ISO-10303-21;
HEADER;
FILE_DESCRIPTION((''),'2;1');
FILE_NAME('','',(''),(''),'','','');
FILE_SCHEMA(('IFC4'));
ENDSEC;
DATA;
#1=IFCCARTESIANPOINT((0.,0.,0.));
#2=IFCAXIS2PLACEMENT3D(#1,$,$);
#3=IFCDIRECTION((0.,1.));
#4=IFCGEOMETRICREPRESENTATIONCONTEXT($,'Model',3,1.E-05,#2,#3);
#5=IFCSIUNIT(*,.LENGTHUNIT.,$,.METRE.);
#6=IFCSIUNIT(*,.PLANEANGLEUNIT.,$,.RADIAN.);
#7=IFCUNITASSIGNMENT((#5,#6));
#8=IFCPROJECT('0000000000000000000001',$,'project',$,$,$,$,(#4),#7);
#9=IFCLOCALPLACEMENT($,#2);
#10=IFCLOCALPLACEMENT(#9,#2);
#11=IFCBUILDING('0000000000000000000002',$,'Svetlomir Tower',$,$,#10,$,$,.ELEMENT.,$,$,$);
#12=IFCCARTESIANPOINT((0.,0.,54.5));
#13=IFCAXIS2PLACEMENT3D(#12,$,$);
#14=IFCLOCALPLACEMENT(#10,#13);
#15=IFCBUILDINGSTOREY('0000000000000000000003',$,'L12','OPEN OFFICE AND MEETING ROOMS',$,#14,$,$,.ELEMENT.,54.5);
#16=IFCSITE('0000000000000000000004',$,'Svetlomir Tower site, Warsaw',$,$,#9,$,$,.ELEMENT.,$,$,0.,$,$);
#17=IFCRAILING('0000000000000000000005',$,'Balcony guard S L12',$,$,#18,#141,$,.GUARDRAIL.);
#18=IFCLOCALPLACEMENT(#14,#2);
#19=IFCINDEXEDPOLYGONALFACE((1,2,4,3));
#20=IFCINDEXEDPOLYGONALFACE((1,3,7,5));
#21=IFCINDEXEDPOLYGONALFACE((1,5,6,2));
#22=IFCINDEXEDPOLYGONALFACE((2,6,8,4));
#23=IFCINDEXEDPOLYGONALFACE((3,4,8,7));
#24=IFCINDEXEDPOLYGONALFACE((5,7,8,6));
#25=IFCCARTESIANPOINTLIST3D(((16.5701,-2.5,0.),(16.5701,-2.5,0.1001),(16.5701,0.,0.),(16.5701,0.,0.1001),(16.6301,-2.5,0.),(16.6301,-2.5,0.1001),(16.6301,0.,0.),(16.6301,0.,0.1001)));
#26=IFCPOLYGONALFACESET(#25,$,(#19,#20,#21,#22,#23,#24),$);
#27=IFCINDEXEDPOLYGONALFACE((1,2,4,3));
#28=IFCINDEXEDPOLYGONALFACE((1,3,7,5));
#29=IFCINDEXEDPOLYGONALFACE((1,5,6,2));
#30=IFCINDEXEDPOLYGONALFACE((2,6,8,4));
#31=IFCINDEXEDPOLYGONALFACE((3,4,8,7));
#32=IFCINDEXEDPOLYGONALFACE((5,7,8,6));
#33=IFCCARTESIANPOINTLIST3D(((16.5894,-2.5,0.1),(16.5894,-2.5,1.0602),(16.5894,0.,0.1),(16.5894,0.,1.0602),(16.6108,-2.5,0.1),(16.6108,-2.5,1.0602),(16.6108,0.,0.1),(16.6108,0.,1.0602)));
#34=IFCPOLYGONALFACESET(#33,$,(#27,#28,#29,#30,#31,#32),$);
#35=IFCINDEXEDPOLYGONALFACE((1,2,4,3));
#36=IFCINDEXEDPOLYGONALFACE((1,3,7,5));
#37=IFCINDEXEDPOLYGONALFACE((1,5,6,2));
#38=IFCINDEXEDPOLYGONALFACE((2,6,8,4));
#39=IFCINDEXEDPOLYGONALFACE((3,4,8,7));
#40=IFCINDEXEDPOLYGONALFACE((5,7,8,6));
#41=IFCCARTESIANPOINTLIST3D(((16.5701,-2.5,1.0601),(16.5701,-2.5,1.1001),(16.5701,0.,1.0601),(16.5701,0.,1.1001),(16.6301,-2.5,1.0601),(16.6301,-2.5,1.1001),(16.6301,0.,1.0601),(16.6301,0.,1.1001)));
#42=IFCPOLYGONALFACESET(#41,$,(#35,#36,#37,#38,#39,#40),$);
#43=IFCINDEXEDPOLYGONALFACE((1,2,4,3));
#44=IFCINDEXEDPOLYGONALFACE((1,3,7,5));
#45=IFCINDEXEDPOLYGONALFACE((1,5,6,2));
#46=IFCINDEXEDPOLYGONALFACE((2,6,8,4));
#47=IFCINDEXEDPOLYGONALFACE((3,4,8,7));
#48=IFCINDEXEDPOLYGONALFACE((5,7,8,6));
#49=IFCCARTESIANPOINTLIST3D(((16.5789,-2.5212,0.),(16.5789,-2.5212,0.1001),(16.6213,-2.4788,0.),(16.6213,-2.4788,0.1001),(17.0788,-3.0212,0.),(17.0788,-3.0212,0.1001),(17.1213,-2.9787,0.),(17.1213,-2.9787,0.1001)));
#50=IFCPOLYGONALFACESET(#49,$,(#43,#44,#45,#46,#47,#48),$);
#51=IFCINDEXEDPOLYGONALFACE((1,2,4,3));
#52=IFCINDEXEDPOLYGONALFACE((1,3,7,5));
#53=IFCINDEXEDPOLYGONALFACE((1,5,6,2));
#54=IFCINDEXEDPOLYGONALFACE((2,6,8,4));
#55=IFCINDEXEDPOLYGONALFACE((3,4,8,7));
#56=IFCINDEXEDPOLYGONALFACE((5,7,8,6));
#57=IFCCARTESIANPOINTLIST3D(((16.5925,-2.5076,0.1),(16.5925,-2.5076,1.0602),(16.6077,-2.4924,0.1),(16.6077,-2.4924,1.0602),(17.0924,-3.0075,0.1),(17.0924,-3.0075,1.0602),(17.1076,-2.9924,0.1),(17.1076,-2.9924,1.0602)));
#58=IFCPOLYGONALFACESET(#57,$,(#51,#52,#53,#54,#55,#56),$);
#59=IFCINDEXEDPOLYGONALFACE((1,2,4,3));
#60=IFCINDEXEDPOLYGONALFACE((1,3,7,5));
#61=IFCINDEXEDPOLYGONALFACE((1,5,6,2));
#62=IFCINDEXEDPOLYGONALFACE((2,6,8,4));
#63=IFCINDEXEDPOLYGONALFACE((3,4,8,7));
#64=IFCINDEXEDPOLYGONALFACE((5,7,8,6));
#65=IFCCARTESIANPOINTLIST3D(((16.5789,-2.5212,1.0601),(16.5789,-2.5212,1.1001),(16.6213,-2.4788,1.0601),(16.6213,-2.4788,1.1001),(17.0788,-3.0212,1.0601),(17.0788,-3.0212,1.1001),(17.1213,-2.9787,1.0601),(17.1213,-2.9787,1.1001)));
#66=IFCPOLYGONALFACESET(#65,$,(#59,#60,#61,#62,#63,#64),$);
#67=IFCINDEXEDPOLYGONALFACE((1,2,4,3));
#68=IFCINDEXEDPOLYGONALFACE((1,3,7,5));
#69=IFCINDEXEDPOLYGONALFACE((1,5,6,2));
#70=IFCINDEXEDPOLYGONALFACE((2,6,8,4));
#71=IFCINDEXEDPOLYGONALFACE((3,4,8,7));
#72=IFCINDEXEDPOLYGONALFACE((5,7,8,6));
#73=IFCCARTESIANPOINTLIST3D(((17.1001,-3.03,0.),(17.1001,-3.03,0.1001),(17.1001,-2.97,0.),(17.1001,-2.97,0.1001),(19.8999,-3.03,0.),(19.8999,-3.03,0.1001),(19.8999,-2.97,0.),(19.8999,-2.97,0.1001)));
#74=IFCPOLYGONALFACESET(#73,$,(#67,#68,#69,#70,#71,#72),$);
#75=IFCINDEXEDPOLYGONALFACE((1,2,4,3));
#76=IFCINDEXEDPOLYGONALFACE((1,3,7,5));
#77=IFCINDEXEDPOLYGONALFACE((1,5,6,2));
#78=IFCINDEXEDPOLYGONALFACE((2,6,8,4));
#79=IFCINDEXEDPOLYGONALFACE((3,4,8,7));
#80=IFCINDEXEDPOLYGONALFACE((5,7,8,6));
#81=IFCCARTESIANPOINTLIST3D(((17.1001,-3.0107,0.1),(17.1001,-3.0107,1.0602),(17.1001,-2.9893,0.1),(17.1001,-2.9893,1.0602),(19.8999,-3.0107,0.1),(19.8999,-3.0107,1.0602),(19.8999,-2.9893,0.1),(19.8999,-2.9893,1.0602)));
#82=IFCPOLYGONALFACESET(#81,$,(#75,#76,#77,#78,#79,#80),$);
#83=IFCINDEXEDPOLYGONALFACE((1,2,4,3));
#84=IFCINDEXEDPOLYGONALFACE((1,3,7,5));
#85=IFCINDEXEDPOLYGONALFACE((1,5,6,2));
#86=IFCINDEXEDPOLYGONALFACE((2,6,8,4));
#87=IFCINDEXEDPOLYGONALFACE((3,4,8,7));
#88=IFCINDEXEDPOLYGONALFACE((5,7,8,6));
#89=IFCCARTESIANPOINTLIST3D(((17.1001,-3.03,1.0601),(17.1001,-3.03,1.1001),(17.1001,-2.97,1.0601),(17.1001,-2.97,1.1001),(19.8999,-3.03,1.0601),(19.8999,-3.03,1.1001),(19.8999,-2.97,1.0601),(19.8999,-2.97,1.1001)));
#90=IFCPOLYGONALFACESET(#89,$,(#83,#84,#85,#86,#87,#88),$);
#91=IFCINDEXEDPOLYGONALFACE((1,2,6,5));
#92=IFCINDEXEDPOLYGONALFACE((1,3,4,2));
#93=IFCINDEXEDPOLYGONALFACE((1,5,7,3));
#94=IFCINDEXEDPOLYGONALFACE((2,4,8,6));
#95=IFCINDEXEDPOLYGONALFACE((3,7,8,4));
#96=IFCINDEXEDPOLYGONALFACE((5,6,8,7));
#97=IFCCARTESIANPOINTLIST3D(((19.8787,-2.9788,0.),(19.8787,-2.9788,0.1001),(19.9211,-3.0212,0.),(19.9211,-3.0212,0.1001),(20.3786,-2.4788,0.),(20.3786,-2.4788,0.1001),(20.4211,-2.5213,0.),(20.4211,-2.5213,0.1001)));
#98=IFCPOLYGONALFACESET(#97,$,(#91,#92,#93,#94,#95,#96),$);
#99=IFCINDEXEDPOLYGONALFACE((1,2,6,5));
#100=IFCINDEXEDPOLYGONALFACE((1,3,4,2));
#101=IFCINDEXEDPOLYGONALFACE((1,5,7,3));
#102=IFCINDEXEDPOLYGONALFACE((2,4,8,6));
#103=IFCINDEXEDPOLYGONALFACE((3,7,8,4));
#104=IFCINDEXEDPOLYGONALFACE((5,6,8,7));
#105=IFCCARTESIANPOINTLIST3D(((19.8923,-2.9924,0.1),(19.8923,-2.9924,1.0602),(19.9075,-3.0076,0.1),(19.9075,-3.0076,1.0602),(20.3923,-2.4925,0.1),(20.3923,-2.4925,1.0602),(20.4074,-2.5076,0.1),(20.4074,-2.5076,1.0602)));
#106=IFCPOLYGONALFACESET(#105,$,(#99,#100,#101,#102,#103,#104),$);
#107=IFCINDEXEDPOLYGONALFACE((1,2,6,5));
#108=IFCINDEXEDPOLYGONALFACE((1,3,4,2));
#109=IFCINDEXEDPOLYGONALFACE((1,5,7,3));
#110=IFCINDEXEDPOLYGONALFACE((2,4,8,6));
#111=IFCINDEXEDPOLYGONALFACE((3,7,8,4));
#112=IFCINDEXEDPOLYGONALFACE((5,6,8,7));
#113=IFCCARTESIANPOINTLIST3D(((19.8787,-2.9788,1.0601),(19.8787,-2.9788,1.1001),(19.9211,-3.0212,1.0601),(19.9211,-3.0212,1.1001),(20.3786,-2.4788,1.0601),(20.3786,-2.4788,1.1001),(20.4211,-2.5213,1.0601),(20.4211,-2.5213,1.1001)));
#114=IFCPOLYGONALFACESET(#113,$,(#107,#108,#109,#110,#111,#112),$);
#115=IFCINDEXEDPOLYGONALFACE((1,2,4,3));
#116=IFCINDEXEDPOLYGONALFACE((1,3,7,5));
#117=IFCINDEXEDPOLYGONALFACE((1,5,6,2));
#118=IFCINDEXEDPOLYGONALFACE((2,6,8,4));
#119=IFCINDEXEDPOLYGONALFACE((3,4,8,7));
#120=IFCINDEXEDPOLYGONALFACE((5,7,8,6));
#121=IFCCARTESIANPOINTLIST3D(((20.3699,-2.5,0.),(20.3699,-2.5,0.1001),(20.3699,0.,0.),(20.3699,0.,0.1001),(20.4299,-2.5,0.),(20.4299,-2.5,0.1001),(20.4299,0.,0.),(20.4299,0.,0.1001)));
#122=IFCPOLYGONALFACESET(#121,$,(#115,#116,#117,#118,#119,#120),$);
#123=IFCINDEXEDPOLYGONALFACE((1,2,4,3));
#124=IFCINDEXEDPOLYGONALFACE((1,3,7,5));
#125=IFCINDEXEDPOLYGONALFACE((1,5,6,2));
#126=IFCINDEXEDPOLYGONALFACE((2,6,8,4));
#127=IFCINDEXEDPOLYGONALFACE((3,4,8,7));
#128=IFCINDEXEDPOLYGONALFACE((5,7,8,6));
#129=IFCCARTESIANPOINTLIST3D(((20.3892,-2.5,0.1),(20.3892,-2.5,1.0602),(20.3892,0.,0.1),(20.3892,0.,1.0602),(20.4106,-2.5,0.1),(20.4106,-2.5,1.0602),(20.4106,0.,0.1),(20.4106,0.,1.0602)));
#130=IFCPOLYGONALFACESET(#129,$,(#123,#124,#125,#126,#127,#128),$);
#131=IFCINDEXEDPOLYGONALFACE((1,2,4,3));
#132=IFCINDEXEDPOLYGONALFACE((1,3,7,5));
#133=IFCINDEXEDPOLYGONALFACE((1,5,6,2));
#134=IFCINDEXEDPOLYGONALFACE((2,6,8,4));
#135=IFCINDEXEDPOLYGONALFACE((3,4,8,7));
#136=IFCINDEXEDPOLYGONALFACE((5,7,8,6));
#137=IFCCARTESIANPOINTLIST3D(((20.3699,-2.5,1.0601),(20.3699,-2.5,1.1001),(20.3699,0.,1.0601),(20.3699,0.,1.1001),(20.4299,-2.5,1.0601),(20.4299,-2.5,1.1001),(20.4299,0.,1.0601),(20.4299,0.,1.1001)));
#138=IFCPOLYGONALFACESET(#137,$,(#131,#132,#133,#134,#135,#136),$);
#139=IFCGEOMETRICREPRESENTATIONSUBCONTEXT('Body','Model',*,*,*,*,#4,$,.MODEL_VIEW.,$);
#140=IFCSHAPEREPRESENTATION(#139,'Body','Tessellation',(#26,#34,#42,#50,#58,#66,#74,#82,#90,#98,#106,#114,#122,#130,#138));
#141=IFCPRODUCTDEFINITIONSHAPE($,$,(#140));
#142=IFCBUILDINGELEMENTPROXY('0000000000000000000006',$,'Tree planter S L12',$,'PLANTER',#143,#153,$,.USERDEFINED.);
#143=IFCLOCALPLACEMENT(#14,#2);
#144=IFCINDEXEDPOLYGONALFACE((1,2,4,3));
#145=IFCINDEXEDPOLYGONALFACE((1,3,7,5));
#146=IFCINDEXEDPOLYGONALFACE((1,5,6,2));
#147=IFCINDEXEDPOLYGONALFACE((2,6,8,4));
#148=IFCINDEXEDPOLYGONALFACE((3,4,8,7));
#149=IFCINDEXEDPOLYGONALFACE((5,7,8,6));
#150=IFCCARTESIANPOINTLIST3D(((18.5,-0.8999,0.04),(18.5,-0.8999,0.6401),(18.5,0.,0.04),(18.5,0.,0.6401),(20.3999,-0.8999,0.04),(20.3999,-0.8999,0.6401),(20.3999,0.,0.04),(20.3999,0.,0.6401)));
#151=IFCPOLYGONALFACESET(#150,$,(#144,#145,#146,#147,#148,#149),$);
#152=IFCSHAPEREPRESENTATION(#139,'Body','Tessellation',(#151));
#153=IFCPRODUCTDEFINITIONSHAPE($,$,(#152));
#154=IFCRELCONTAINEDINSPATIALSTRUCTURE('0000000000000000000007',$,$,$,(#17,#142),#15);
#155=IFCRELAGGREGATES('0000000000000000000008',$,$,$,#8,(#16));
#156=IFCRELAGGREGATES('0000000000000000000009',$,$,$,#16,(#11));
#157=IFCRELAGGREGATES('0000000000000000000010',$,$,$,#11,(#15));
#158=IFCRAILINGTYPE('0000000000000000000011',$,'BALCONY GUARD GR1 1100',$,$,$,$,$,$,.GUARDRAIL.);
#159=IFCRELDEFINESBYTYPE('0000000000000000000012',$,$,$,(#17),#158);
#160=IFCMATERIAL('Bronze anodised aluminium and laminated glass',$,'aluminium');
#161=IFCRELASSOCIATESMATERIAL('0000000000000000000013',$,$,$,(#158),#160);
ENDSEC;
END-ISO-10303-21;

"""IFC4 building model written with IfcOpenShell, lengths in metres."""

from ifc_helpers import new_model, si_unit, direction, frame, origin, origin_2d, place, context, subcontext, project, spatial, rectangle, extrude, material, type_object, element, save


model = new_model("IFC4")

# Units and contexts
model_context = context("Model", 3, precision=1e-05, world=origin(), true_north=direction((0.0, 1.0)))
body_context = subcontext(model_context, "Body", "Model", "MODEL_VIEW")
ifc_project = project(units=[si_unit("LENGTHUNIT", "METRE"), si_unit("PLANEANGLEUNIT", "RADIAN")], contexts=[model_context])

# Site, building, storey
site_placement = place(None, origin())
site = spatial("IfcSite", under=ifc_project, at=site_placement, Name="Svetlomir Tower site, Warsaw", CompositionType="ELEMENT", RefElevation=0.0)
building_placement = place(site_placement, origin())
building = spatial("IfcBuilding", under=site, at=building_placement, Name="Svetlomir Tower", CompositionType="ELEMENT")
storey_placement = place(building_placement, frame((0.0, 0.0, 54.5)))
storey = spatial("IfcBuildingStorey", under=building, at=storey_placement, Name="L12", Description="OPEN OFFICE AND MEETING ROOMS", CompositionType="ELEMENT", Elevation=54.5)

# Railing
ifc_material_1 = material(Name="Bronze anodised aluminium and laminated glass", Category="aluminium")
railing_type = type_object("IfcRailingType", Name="BALCONY GUARD GR1 1100", PredefinedType="GUARDRAIL", material=ifc_material_1)
railing_placement = place(storey_placement, frame((16.6001, 0.0, 0.0)))
element("IfcRailing", 1, at=railing_placement, inside=storey, type_object=railing_type, Name="Balcony guard S L12", PredefinedType="GUARDRAIL", context=body_context, shape_type="SweptSolid", body=[
    extrude(rectangle(XDim=0.0601, YDim=0.1001, at=origin_2d()), frame((0.0, 0.0, 0.05), z_axis=(0.0, -1.0, 0.0), x_axis=(1.0, 0.0, 0.0)), (0.0, 0.0, 1.0), 2.5),
    extrude(rectangle(XDim=0.0215, YDim=0.9602, at=origin_2d()), frame((0.0, 0.0, 0.5801), z_axis=(0.0, -1.0, 0.0), x_axis=(1.0, 0.0, 0.0)), (0.0, 0.0, 1.0), 2.5),
    extrude(rectangle(XDim=0.0601, YDim=0.04, at=origin_2d()), frame((0.0, 0.0, 1.0801), z_axis=(0.0, -1.0, 0.0), x_axis=(1.0, 0.0, 0.0)), (0.0, 0.0, 1.0), 2.5),
    extrude(rectangle(XDim=0.0601, YDim=0.1001, at=origin_2d()), frame((0.0, -2.5, 0.05), z_axis=(0.707107, -0.707107, 0.0), x_axis=(0.707107, 0.707107, 0.0)), (0.0, 0.0, 1.0), 0.707),
    extrude(rectangle(XDim=0.0215, YDim=0.9602, at=origin_2d()), frame((0.0, -2.5, 0.5801), z_axis=(0.707107, -0.707107, 0.0), x_axis=(0.707107, 0.707107, 0.0)), (0.0, 0.0, 1.0), 0.707),
    extrude(rectangle(XDim=0.0601, YDim=0.04, at=origin_2d()), frame((0.0, -2.5, 1.0801), z_axis=(0.707107, -0.707107, 0.0), x_axis=(0.707107, 0.707107, 0.0)), (0.0, 0.0, 1.0), 0.707),
    extrude(rectangle(XDim=0.0601, YDim=0.1001, at=origin_2d()), frame((0.5, -3.0, 0.05), z_axis=(1.0, 0.0, 0.0), x_axis=(0.0, 1.0, 0.0)), (0.0, 0.0, 1.0), 2.7998),
    extrude(rectangle(XDim=0.0215, YDim=0.9602, at=origin_2d()), frame((0.5, -3.0, 0.5801), z_axis=(1.0, 0.0, 0.0), x_axis=(0.0, 1.0, 0.0)), (0.0, 0.0, 1.0), 2.7998),
    extrude(rectangle(XDim=0.0601, YDim=0.04, at=origin_2d()), frame((0.5, -3.0, 1.0801), z_axis=(1.0, 0.0, 0.0), x_axis=(0.0, 1.0, 0.0)), (0.0, 0.0, 1.0), 2.7998),
    extrude(rectangle(XDim=0.0601, YDim=0.1001, at=origin_2d()), frame((3.2998, -3.0, 0.05), z_axis=(0.707107, 0.707107, 0.0), x_axis=(-0.707107, 0.707107, 0.0)), (0.0, 0.0, 1.0), 0.707),
    extrude(rectangle(XDim=0.0215, YDim=0.9602, at=origin_2d()), frame((3.2998, -3.0, 0.5801), z_axis=(0.707107, 0.707107, 0.0), x_axis=(-0.707107, 0.707107, 0.0)), (0.0, 0.0, 1.0), 0.707),
    extrude(rectangle(XDim=0.0601, YDim=0.04, at=origin_2d()), frame((3.2998, -3.0, 1.0801), z_axis=(0.707107, 0.707107, 0.0), x_axis=(-0.707107, 0.707107, 0.0)), (0.0, 0.0, 1.0), 0.707),
    extrude(rectangle(XDim=0.0601, YDim=0.1001, at=origin_2d()), frame((3.7998, -2.5, 0.05), z_axis=(0.0, 1.0, 0.0), x_axis=(-1.0, 0.0, 0.0)), (0.0, 0.0, 1.0), 2.5),
    extrude(rectangle(XDim=0.0215, YDim=0.9602, at=origin_2d()), frame((3.7998, -2.5, 0.5801), z_axis=(0.0, 1.0, 0.0), x_axis=(-1.0, 0.0, 0.0)), (0.0, 0.0, 1.0), 2.5),
    extrude(rectangle(XDim=0.0601, YDim=0.04, at=origin_2d()), frame((3.7998, -2.5, 1.0801), z_axis=(0.0, 1.0, 0.0), x_axis=(-1.0, 0.0, 0.0)), (0.0, 0.0, 1.0), 2.5),
])

# Building element proxy
proxy_placement = place(storey_placement, frame((19.45, -0.45, 0.04), z_axis=(0.0, 0.0, 1.0), x_axis=(1.0, 0.0, 0.0)))
element("IfcBuildingElementProxy", 2, at=proxy_placement, inside=storey, Name="Tree planter S L12", ObjectType="PLANTER", PredefinedType="USERDEFINED", context=body_context, shape_type="SweptSolid", body=[
    extrude(rectangle(XDim=1.8999, YDim=0.8999, at=origin_2d()), origin(), (0.0, 0.0, 1.0), 0.6001),
])

save(model, "model.ifc")
